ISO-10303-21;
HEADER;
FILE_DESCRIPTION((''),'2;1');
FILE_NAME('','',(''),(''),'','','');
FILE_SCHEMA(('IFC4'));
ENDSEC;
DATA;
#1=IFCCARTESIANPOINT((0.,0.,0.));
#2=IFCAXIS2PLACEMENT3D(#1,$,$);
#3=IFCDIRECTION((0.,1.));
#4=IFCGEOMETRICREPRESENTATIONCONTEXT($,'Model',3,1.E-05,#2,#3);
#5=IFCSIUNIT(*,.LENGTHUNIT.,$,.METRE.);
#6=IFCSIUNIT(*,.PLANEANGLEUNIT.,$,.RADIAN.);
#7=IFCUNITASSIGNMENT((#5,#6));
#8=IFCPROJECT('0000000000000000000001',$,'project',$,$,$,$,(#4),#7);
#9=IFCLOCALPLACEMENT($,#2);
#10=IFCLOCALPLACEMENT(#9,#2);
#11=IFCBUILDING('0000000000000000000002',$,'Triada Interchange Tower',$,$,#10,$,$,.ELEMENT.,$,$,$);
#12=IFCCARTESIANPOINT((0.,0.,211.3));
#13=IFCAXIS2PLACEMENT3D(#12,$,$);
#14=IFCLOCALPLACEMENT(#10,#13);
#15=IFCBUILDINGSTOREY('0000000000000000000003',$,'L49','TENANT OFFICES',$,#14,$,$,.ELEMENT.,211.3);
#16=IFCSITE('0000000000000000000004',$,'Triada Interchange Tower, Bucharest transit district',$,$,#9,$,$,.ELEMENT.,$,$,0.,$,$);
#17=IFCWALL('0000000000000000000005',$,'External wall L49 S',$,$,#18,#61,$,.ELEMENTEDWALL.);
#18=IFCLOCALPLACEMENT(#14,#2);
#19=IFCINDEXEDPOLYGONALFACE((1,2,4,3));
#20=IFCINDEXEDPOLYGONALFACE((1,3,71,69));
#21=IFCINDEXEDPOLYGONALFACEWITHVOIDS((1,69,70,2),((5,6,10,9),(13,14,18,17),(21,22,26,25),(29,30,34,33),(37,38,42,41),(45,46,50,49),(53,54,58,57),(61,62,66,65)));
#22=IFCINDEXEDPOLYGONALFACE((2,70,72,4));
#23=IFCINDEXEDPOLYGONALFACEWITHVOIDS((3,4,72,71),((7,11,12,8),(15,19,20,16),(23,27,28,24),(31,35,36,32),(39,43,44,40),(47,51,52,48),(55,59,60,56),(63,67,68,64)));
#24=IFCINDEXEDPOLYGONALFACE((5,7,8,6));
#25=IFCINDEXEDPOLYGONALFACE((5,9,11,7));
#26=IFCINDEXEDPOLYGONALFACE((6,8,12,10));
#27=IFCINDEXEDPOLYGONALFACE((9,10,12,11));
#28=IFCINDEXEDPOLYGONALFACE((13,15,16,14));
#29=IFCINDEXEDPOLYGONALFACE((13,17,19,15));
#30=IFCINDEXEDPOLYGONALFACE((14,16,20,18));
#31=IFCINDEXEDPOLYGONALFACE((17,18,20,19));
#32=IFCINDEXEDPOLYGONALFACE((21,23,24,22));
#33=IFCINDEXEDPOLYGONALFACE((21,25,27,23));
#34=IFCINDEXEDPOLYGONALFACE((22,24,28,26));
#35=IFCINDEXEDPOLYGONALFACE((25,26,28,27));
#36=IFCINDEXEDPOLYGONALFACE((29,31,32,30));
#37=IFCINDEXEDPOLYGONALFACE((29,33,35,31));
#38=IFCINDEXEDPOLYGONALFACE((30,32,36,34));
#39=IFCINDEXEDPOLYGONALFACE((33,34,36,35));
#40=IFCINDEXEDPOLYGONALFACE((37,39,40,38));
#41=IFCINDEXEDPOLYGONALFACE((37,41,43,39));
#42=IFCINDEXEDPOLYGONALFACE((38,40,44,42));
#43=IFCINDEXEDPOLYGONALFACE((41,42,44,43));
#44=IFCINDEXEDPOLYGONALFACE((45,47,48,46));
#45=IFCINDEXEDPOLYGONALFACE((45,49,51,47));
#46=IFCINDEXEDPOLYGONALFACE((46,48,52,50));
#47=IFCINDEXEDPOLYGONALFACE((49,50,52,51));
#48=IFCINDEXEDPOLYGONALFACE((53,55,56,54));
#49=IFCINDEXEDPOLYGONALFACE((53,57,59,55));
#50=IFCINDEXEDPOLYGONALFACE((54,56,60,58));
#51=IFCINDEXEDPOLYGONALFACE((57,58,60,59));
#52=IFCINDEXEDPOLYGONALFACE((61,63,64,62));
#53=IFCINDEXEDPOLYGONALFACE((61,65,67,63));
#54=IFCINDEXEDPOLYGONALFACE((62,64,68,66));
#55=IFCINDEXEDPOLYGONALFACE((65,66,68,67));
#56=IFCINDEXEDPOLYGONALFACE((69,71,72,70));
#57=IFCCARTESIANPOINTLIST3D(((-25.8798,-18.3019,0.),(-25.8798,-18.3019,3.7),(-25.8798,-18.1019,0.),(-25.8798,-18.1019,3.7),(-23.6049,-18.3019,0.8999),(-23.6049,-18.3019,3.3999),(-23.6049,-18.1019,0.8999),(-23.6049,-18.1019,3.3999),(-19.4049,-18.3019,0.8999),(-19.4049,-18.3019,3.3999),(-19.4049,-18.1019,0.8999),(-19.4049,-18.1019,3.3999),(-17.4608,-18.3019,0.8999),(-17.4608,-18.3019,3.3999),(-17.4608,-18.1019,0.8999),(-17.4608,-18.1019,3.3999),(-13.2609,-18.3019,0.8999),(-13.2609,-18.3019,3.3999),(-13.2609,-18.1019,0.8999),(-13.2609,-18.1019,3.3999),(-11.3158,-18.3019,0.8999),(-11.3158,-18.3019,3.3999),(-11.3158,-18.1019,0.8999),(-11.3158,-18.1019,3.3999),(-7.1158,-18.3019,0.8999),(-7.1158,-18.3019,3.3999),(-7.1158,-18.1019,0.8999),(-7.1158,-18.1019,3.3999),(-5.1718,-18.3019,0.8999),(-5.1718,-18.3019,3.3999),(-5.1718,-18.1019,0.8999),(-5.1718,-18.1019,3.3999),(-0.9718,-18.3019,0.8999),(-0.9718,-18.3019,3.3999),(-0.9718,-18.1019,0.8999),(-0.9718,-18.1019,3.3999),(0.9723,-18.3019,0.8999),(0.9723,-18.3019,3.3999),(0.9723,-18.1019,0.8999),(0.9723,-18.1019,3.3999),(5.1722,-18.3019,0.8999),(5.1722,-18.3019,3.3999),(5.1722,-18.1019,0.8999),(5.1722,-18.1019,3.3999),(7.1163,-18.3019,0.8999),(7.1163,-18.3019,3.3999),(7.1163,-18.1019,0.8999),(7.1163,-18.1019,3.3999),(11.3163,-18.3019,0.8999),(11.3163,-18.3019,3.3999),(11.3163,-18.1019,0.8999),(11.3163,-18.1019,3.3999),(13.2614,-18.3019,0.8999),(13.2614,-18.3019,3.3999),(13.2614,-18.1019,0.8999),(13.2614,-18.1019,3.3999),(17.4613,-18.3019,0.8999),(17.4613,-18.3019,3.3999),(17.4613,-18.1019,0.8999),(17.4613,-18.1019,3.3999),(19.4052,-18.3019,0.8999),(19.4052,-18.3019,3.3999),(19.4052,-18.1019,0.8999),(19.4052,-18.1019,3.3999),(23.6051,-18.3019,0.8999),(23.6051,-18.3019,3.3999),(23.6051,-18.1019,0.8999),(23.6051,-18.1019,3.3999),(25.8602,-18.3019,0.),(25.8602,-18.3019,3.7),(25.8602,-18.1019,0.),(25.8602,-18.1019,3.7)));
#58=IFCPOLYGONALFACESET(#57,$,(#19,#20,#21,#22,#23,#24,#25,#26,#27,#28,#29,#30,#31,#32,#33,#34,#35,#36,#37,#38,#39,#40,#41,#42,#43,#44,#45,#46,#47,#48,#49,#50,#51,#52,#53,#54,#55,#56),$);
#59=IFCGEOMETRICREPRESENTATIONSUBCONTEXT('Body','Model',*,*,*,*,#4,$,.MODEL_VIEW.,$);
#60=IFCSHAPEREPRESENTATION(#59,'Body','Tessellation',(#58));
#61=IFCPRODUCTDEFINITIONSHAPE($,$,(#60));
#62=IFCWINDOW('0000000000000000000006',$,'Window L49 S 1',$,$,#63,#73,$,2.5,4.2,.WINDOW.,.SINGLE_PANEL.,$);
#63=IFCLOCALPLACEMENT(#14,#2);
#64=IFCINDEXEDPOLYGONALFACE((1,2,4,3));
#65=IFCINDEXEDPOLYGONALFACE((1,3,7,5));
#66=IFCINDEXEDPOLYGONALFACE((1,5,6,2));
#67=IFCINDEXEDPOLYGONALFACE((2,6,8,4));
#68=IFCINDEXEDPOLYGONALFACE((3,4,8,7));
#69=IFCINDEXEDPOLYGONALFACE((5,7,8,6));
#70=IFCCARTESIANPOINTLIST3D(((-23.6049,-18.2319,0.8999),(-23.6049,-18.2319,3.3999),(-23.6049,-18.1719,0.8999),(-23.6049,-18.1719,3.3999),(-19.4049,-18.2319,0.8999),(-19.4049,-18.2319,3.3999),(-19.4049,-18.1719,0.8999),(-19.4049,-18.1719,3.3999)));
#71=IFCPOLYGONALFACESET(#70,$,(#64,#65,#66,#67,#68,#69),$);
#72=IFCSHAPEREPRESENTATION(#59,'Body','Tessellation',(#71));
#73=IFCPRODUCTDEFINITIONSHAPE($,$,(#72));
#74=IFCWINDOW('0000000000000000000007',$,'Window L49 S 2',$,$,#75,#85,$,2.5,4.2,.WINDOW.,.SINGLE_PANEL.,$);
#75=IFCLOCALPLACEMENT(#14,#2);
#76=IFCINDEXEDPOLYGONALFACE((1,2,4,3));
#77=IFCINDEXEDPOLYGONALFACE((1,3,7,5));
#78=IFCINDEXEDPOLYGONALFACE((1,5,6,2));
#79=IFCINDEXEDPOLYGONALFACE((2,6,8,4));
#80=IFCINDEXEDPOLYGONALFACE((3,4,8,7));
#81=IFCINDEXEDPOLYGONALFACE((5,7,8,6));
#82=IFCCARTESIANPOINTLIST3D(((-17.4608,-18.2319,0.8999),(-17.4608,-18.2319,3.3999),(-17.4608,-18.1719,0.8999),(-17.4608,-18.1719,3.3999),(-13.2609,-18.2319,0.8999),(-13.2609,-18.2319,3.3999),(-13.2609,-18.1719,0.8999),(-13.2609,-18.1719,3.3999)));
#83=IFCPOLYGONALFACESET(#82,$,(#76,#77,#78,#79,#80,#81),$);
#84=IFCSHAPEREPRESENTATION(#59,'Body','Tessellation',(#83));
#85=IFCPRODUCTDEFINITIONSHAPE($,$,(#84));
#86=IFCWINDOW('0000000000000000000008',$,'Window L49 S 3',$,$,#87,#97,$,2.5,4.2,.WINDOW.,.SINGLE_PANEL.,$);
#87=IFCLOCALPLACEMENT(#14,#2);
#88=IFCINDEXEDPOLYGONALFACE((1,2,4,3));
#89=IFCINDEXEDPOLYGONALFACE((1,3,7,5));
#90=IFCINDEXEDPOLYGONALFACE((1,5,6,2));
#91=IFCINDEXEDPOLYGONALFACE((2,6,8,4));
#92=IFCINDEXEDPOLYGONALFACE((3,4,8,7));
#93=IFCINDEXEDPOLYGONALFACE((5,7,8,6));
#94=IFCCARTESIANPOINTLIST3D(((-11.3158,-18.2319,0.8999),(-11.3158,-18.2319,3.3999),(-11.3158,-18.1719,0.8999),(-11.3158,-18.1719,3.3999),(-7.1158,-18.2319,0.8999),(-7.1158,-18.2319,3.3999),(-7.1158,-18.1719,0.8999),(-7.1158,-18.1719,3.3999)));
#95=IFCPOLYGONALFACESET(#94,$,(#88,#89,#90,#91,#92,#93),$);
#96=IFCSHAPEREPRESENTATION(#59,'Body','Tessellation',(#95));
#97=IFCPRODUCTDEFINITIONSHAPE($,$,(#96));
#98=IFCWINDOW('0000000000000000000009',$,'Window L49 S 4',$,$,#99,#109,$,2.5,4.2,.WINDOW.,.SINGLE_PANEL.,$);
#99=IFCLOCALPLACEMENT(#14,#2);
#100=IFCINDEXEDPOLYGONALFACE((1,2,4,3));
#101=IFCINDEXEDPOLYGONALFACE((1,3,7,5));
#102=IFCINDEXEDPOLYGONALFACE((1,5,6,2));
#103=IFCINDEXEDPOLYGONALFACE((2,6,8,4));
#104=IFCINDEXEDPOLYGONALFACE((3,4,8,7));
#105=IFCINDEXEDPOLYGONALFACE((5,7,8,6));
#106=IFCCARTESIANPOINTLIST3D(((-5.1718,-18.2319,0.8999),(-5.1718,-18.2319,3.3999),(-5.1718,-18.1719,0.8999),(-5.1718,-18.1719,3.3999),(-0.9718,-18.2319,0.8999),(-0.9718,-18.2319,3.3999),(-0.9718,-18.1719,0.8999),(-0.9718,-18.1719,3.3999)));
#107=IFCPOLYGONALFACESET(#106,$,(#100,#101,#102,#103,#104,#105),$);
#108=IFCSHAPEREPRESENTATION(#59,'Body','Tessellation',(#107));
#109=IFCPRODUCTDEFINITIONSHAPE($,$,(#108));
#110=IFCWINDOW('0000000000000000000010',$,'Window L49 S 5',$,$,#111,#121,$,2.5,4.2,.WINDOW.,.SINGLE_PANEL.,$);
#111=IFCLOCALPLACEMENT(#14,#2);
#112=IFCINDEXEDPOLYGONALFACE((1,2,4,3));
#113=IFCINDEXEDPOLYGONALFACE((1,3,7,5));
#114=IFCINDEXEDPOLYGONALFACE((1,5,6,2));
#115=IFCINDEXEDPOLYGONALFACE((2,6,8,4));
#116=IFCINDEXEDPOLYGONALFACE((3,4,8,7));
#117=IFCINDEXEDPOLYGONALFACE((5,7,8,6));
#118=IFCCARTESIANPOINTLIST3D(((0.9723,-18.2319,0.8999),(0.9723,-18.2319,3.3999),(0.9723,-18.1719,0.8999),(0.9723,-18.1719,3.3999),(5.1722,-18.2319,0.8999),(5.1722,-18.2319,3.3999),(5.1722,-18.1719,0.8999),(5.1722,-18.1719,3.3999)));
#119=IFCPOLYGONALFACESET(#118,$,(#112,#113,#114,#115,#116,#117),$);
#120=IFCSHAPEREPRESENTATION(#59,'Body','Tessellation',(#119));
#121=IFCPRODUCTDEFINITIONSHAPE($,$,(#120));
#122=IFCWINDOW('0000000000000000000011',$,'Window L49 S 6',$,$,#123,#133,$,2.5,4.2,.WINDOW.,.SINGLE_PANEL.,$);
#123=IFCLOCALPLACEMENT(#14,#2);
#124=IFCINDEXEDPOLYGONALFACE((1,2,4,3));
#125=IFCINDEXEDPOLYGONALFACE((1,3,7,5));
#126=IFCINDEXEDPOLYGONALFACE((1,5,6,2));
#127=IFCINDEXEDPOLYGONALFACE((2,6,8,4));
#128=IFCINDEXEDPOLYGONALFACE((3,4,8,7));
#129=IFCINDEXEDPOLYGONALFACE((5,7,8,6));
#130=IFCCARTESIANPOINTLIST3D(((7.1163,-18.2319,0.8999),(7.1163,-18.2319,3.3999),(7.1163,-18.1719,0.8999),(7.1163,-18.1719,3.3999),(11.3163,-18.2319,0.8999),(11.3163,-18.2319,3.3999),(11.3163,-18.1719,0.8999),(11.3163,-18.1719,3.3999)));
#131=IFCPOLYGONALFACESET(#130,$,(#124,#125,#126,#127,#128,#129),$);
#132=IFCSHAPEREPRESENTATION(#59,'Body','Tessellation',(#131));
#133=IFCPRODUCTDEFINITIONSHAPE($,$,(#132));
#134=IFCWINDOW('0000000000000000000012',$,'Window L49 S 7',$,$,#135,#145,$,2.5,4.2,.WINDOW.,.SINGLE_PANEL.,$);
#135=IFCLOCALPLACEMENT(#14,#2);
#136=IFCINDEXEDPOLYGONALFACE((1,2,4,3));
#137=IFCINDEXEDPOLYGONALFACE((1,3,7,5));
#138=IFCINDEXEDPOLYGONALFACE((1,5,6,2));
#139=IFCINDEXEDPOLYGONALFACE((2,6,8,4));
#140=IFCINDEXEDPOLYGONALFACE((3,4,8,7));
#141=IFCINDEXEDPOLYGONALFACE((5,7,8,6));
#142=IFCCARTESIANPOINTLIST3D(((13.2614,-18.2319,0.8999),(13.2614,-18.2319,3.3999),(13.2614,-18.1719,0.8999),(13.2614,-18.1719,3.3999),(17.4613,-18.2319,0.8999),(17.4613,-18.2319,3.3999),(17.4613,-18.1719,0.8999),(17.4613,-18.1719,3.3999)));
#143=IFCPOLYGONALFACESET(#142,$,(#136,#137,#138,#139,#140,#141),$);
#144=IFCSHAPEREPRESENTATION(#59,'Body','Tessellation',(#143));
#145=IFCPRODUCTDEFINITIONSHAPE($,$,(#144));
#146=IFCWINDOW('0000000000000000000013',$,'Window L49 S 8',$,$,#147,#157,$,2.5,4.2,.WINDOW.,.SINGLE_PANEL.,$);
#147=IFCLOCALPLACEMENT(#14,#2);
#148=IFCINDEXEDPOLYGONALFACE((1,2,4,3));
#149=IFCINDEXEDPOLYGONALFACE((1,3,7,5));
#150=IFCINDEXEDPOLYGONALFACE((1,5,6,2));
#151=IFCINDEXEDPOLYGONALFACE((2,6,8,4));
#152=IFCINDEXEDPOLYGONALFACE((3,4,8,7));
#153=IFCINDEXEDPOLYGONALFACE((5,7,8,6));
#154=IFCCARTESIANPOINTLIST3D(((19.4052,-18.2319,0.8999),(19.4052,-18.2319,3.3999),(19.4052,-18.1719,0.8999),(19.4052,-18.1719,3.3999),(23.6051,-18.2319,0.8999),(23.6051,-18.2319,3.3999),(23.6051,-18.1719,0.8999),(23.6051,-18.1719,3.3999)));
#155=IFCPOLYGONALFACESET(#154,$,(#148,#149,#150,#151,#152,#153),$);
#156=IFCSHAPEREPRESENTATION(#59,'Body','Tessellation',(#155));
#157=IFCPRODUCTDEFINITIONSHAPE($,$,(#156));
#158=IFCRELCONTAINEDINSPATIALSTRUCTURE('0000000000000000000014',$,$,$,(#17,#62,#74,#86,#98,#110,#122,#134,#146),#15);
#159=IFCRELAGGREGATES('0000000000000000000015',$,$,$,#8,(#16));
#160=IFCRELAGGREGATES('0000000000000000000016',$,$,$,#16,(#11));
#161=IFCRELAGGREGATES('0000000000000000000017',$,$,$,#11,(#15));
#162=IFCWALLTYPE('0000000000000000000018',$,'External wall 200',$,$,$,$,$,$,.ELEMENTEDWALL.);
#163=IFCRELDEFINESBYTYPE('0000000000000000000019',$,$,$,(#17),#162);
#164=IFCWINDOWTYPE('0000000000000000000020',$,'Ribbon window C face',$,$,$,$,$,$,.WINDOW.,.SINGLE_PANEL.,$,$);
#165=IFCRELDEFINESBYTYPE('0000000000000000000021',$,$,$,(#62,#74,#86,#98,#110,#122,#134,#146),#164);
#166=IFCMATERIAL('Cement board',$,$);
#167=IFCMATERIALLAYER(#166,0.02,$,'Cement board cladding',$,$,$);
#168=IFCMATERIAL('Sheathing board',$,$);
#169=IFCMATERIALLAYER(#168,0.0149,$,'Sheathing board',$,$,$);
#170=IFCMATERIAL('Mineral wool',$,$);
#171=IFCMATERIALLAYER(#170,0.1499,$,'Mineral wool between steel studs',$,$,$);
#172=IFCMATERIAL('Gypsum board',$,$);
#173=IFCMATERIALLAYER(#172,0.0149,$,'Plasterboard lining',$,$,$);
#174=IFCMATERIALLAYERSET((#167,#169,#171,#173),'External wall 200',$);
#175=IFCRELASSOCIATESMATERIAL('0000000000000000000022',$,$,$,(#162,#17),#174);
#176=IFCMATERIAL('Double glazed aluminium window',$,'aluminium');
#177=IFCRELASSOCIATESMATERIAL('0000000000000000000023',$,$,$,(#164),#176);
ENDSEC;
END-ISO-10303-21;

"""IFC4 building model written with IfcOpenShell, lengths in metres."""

from ifc_helpers import new_model, si_unit, direction, frame, frame_2d, origin, place, context, subcontext, project, spatial, rectangle, extrude, material, layer, layer_set, layer_usage, type_object, element, fill, save


model = new_model("IFC4")

# Units and contexts
model_context = context("Model", 3, precision=1e-05, world=origin(), true_north=direction((0.0, 1.0)))
body_context = subcontext(model_context, "Body", "Model", "MODEL_VIEW")
ifc_project = project(units=[si_unit("LENGTHUNIT", "METRE"), si_unit("PLANEANGLEUNIT", "RADIAN")], contexts=[model_context])

# Site, building, storey
site_placement = place(None, origin())
site = spatial("IfcSite", under=ifc_project, at=site_placement, Name="Triada Interchange Tower, Bucharest transit district", CompositionType="ELEMENT", RefElevation=0.0)
building_placement = place(site_placement, origin())
building = spatial("IfcBuilding", under=site, at=building_placement, Name="Triada Interchange Tower", CompositionType="ELEMENT")
storey_placement = place(building_placement, frame((0.0, 0.0, 211.3)))
storey = spatial("IfcBuildingStorey", under=building, at=storey_placement, Name="L49", Description="TENANT OFFICES", CompositionType="ELEMENT", Elevation=211.3)

# Shared definitions
ifc_material_1 = material(Name="Cement board")
ifc_layer_1 = layer(ifc_material_1, 0.02, Name="Cement board cladding")
ifc_material_2 = material(Name="Sheathing board")
ifc_layer_2 = layer(ifc_material_2, 0.0149, Name="Sheathing board")
ifc_material_3 = material(Name="Mineral wool")
ifc_layer_3 = layer(ifc_material_3, 0.1499, Name="Mineral wool between steel studs")
ifc_material_4 = material(Name="Gypsum board")
ifc_layer_4 = layer(ifc_material_4, 0.0149, Name="Plasterboard lining")
ifc_layer_set_1 = layer_set([ifc_layer_1, ifc_layer_2, ifc_layer_3, ifc_layer_4], Name="External wall 200")
ifc_layer_usage = layer_usage(ifc_layer_set_1, "AXIS2", "POSITIVE", -0.1001)
wall_type_1 = type_object("IfcWallType", Name="External wall 200", PredefinedType="ELEMENTEDWALL", material=ifc_layer_set_1)
ifc_material_5 = material(Name="Double glazed aluminium window", Category="aluminium")

# Wall, openings, windows
wall_1_placement = place(storey_placement, frame((-25.8799, -18.2019, 0.0), z_axis=(0.0, 0.0, 1.0), x_axis=(1.0, 0.0, 0.0)))
wall_1 = element("IfcWall", 1, at=wall_1_placement, inside=storey, type_object=wall_type_1, material=ifc_layer_usage, Name="External wall L49 S", PredefinedType="ELEMENTEDWALL", context=body_context, shape_type="SweptSolid", body=[
    extrude(rectangle(XDim=51.74, YDim=0.2, at=frame_2d((25.8701, 0.0))), origin(), (0.0, 0.0, 1.0), 3.7),
])
opening_1_placement = place(wall_1_placement, frame((2.2749, 0.0, 0.8999)))
opening_1 = element("IfcOpeningElement", 2, at=opening_1_placement, cuts=wall_1, PredefinedType="OPENING", context=body_context, shape_type="SweptSolid", body=[
    extrude(rectangle(XDim=4.2, YDim=2.5, at=frame_2d((2.1001, 1.25))), frame((0.0, 0.1099, 0.0), z_axis=(0.0, -1.0, 0.0), x_axis=(1.0, 0.0, 0.0)), (0.0, 0.0, 1.0), 0.22),
])
opening_2_placement = place(wall_1_placement, frame((8.4189, 0.0, 0.8999)))
opening_2 = element("IfcOpeningElement", 3, at=opening_2_placement, cuts=wall_1, PredefinedType="OPENING", context=body_context, shape_type="SweptSolid", body=[
    extrude(rectangle(XDim=4.2, YDim=2.5, at=frame_2d((2.1001, 1.25))), frame((0.0, 0.1099, 0.0), z_axis=(0.0, -1.0, 0.0), x_axis=(1.0, 0.0, 0.0)), (0.0, 0.0, 1.0), 0.22),
])
opening_3_placement = place(wall_1_placement, frame((14.564, 0.0, 0.8999)))
opening_3 = element("IfcOpeningElement", 4, at=opening_3_placement, cuts=wall_1, PredefinedType="OPENING", context=body_context, shape_type="SweptSolid", body=[
    extrude(rectangle(XDim=4.2, YDim=2.5, at=frame_2d((2.1001, 1.25))), frame((0.0, 0.1099, 0.0), z_axis=(0.0, -1.0, 0.0), x_axis=(1.0, 0.0, 0.0)), (0.0, 0.0, 1.0), 0.22),
])
opening_4_placement = place(wall_1_placement, frame((20.708, 0.0, 0.8999)))
opening_4 = element("IfcOpeningElement", 5, at=opening_4_placement, cuts=wall_1, PredefinedType="OPENING", context=body_context, shape_type="SweptSolid", body=[
    extrude(rectangle(XDim=4.2, YDim=2.5, at=frame_2d((2.1001, 1.25))), frame((0.0, 0.1099, 0.0), z_axis=(0.0, -1.0, 0.0), x_axis=(1.0, 0.0, 0.0)), (0.0, 0.0, 1.0), 0.22),
])
opening_5_placement = place(wall_1_placement, frame((26.8521, 0.0, 0.8999)))
opening_5 = element("IfcOpeningElement", 6, at=opening_5_placement, cuts=wall_1, PredefinedType="OPENING", context=body_context, shape_type="SweptSolid", body=[
    extrude(rectangle(XDim=4.2, YDim=2.5, at=frame_2d((2.1001, 1.25))), frame((0.0, 0.1099, 0.0), z_axis=(0.0, -1.0, 0.0), x_axis=(1.0, 0.0, 0.0)), (0.0, 0.0, 1.0), 0.22),
])
opening_6_placement = place(wall_1_placement, frame((32.9961, 0.0, 0.8999)))
opening_6 = element("IfcOpeningElement", 7, at=opening_6_placement, cuts=wall_1, PredefinedType="OPENING", context=body_context, shape_type="SweptSolid", body=[
    extrude(rectangle(XDim=4.2, YDim=2.5, at=frame_2d((2.1001, 1.25))), frame((0.0, 0.1099, 0.0), z_axis=(0.0, -1.0, 0.0), x_axis=(1.0, 0.0, 0.0)), (0.0, 0.0, 1.0), 0.22),
])
opening_7_placement = place(wall_1_placement, frame((39.1411, 0.0, 0.8999)))
opening_7 = element("IfcOpeningElement", 8, at=opening_7_placement, cuts=wall_1, PredefinedType="OPENING", context=body_context, shape_type="SweptSolid", body=[
    extrude(rectangle(XDim=4.2, YDim=2.5, at=frame_2d((2.1001, 1.25))), frame((0.0, 0.1099, 0.0), z_axis=(0.0, -1.0, 0.0), x_axis=(1.0, 0.0, 0.0)), (0.0, 0.0, 1.0), 0.22),
])
opening_8_placement = place(wall_1_placement, frame((45.2849, 0.0, 0.8999)))
opening_8 = element("IfcOpeningElement", 9, at=opening_8_placement, cuts=wall_1, PredefinedType="OPENING", context=body_context, shape_type="SweptSolid", body=[
    extrude(rectangle(XDim=4.2, YDim=2.5, at=frame_2d((2.1001, 1.25))), frame((0.0, 0.1099, 0.0), z_axis=(0.0, -1.0, 0.0), x_axis=(1.0, 0.0, 0.0)), (0.0, 0.0, 1.0), 0.22),
])
window_type_1 = type_object("IfcWindowType", Name="Ribbon window C face", PartitioningType="SINGLE_PANEL", PredefinedType="WINDOW", material=ifc_material_5)
window_1_placement = place(opening_1_placement, origin())
window_1 = element("IfcWindow", 10, at=window_1_placement, inside=storey, type_object=window_type_1, Name="Window L49 S 1", OverallHeight=2.5, OverallWidth=4.2, PartitioningType="SINGLE_PANEL", PredefinedType="WINDOW", context=body_context, shape_type="SweptSolid", body=[
    extrude(rectangle(XDim=4.2, YDim=2.5, at=frame_2d((2.1001, 1.25))), frame((0.0, 0.03, 0.0), z_axis=(0.0, -1.0, 0.0), x_axis=(1.0, 0.0, 0.0)), (0.0, 0.0, 1.0), 0.0601),
])
fill(opening_1, window_1)
window_2_placement = place(opening_2_placement, origin())
window_2 = element("IfcWindow", 11, at=window_2_placement, inside=storey, type_object=window_type_1, Name="Window L49 S 2", OverallHeight=2.5, OverallWidth=4.2, PartitioningType="SINGLE_PANEL", PredefinedType="WINDOW", context=body_context, shape_type="SweptSolid", body=[
    extrude(rectangle(XDim=4.2, YDim=2.5, at=frame_2d((2.1001, 1.25))), frame((0.0, 0.03, 0.0), z_axis=(0.0, -1.0, 0.0), x_axis=(1.0, 0.0, 0.0)), (0.0, 0.0, 1.0), 0.0601),
])
fill(opening_2, window_2)
window_3_placement = place(opening_3_placement, origin())
window_3 = element("IfcWindow", 12, at=window_3_placement, inside=storey, type_object=window_type_1, Name="Window L49 S 3", OverallHeight=2.5, OverallWidth=4.2, PartitioningType="SINGLE_PANEL", PredefinedType="WINDOW", context=body_context, shape_type="SweptSolid", body=[
    extrude(rectangle(XDim=4.2, YDim=2.5, at=frame_2d((2.1001, 1.25))), frame((0.0, 0.03, 0.0), z_axis=(0.0, -1.0, 0.0), x_axis=(1.0, 0.0, 0.0)), (0.0, 0.0, 1.0), 0.0601),
])
fill(opening_3, window_3)
window_4_placement = place(opening_4_placement, origin())
window_4 = element("IfcWindow", 13, at=window_4_placement, inside=storey, type_object=window_type_1, Name="Window L49 S 4", OverallHeight=2.5, OverallWidth=4.2, PartitioningType="SINGLE_PANEL", PredefinedType="WINDOW", context=body_context, shape_type="SweptSolid", body=[
    extrude(rectangle(XDim=4.2, YDim=2.5, at=frame_2d((2.1001, 1.25))), frame((0.0, 0.03, 0.0), z_axis=(0.0, -1.0, 0.0), x_axis=(1.0, 0.0, 0.0)), (0.0, 0.0, 1.0), 0.0601),
])
fill(opening_4, window_4)
window_5_placement = place(opening_5_placement, origin())
window_5 = element("IfcWindow", 14, at=window_5_placement, inside=storey, type_object=window_type_1, Name="Window L49 S 5", OverallHeight=2.5, OverallWidth=4.2, PartitioningType="SINGLE_PANEL", PredefinedType="WINDOW", context=body_context, shape_type="SweptSolid", body=[
    extrude(rectangle(XDim=4.2, YDim=2.5, at=frame_2d((2.1001, 1.25))), frame((0.0, 0.03, 0.0), z_axis=(0.0, -1.0, 0.0), x_axis=(1.0, 0.0, 0.0)), (0.0, 0.0, 1.0), 0.0601),
])
fill(opening_5, window_5)
window_6_placement = place(opening_6_placement, origin())
window_6 = element("IfcWindow", 15, at=window_6_placement, inside=storey, type_object=window_type_1, Name="Window L49 S 6", OverallHeight=2.5, OverallWidth=4.2, PartitioningType="SINGLE_PANEL", PredefinedType="WINDOW", context=body_context, shape_type="SweptSolid", body=[
    extrude(rectangle(XDim=4.2, YDim=2.5, at=frame_2d((2.1001, 1.25))), frame((0.0, 0.03, 0.0), z_axis=(0.0, -1.0, 0.0), x_axis=(1.0, 0.0, 0.0)), (0.0, 0.0, 1.0), 0.0601),
])
fill(opening_6, window_6)
window_7_placement = place(opening_7_placement, origin())
window_7 = element("IfcWindow", 16, at=window_7_placement, inside=storey, type_object=window_type_1, Name="Window L49 S 7", OverallHeight=2.5, OverallWidth=4.2, PartitioningType="SINGLE_PANEL", PredefinedType="WINDOW", context=body_context, shape_type="SweptSolid", body=[
    extrude(rectangle(XDim=4.2, YDim=2.5, at=frame_2d((2.1001, 1.25))), frame((0.0, 0.03, 0.0), z_axis=(0.0, -1.0, 0.0), x_axis=(1.0, 0.0, 0.0)), (0.0, 0.0, 1.0), 0.0601),
])
fill(opening_7, window_7)
window_8_placement = place(opening_8_placement, origin())
window_8 = element("IfcWindow", 17, at=window_8_placement, inside=storey, type_object=window_type_1, Name="Window L49 S 8", OverallHeight=2.5, OverallWidth=4.2, PartitioningType="SINGLE_PANEL", PredefinedType="WINDOW", context=body_context, shape_type="SweptSolid", body=[
    extrude(rectangle(XDim=4.2, YDim=2.5, at=frame_2d((2.1001, 1.25))), frame((0.0, 0.03, 0.0), z_axis=(0.0, -1.0, 0.0), x_axis=(1.0, 0.0, 0.0)), (0.0, 0.0, 1.0), 0.0601),
])
fill(opening_8, window_8)

save(model, "model.ifc")
